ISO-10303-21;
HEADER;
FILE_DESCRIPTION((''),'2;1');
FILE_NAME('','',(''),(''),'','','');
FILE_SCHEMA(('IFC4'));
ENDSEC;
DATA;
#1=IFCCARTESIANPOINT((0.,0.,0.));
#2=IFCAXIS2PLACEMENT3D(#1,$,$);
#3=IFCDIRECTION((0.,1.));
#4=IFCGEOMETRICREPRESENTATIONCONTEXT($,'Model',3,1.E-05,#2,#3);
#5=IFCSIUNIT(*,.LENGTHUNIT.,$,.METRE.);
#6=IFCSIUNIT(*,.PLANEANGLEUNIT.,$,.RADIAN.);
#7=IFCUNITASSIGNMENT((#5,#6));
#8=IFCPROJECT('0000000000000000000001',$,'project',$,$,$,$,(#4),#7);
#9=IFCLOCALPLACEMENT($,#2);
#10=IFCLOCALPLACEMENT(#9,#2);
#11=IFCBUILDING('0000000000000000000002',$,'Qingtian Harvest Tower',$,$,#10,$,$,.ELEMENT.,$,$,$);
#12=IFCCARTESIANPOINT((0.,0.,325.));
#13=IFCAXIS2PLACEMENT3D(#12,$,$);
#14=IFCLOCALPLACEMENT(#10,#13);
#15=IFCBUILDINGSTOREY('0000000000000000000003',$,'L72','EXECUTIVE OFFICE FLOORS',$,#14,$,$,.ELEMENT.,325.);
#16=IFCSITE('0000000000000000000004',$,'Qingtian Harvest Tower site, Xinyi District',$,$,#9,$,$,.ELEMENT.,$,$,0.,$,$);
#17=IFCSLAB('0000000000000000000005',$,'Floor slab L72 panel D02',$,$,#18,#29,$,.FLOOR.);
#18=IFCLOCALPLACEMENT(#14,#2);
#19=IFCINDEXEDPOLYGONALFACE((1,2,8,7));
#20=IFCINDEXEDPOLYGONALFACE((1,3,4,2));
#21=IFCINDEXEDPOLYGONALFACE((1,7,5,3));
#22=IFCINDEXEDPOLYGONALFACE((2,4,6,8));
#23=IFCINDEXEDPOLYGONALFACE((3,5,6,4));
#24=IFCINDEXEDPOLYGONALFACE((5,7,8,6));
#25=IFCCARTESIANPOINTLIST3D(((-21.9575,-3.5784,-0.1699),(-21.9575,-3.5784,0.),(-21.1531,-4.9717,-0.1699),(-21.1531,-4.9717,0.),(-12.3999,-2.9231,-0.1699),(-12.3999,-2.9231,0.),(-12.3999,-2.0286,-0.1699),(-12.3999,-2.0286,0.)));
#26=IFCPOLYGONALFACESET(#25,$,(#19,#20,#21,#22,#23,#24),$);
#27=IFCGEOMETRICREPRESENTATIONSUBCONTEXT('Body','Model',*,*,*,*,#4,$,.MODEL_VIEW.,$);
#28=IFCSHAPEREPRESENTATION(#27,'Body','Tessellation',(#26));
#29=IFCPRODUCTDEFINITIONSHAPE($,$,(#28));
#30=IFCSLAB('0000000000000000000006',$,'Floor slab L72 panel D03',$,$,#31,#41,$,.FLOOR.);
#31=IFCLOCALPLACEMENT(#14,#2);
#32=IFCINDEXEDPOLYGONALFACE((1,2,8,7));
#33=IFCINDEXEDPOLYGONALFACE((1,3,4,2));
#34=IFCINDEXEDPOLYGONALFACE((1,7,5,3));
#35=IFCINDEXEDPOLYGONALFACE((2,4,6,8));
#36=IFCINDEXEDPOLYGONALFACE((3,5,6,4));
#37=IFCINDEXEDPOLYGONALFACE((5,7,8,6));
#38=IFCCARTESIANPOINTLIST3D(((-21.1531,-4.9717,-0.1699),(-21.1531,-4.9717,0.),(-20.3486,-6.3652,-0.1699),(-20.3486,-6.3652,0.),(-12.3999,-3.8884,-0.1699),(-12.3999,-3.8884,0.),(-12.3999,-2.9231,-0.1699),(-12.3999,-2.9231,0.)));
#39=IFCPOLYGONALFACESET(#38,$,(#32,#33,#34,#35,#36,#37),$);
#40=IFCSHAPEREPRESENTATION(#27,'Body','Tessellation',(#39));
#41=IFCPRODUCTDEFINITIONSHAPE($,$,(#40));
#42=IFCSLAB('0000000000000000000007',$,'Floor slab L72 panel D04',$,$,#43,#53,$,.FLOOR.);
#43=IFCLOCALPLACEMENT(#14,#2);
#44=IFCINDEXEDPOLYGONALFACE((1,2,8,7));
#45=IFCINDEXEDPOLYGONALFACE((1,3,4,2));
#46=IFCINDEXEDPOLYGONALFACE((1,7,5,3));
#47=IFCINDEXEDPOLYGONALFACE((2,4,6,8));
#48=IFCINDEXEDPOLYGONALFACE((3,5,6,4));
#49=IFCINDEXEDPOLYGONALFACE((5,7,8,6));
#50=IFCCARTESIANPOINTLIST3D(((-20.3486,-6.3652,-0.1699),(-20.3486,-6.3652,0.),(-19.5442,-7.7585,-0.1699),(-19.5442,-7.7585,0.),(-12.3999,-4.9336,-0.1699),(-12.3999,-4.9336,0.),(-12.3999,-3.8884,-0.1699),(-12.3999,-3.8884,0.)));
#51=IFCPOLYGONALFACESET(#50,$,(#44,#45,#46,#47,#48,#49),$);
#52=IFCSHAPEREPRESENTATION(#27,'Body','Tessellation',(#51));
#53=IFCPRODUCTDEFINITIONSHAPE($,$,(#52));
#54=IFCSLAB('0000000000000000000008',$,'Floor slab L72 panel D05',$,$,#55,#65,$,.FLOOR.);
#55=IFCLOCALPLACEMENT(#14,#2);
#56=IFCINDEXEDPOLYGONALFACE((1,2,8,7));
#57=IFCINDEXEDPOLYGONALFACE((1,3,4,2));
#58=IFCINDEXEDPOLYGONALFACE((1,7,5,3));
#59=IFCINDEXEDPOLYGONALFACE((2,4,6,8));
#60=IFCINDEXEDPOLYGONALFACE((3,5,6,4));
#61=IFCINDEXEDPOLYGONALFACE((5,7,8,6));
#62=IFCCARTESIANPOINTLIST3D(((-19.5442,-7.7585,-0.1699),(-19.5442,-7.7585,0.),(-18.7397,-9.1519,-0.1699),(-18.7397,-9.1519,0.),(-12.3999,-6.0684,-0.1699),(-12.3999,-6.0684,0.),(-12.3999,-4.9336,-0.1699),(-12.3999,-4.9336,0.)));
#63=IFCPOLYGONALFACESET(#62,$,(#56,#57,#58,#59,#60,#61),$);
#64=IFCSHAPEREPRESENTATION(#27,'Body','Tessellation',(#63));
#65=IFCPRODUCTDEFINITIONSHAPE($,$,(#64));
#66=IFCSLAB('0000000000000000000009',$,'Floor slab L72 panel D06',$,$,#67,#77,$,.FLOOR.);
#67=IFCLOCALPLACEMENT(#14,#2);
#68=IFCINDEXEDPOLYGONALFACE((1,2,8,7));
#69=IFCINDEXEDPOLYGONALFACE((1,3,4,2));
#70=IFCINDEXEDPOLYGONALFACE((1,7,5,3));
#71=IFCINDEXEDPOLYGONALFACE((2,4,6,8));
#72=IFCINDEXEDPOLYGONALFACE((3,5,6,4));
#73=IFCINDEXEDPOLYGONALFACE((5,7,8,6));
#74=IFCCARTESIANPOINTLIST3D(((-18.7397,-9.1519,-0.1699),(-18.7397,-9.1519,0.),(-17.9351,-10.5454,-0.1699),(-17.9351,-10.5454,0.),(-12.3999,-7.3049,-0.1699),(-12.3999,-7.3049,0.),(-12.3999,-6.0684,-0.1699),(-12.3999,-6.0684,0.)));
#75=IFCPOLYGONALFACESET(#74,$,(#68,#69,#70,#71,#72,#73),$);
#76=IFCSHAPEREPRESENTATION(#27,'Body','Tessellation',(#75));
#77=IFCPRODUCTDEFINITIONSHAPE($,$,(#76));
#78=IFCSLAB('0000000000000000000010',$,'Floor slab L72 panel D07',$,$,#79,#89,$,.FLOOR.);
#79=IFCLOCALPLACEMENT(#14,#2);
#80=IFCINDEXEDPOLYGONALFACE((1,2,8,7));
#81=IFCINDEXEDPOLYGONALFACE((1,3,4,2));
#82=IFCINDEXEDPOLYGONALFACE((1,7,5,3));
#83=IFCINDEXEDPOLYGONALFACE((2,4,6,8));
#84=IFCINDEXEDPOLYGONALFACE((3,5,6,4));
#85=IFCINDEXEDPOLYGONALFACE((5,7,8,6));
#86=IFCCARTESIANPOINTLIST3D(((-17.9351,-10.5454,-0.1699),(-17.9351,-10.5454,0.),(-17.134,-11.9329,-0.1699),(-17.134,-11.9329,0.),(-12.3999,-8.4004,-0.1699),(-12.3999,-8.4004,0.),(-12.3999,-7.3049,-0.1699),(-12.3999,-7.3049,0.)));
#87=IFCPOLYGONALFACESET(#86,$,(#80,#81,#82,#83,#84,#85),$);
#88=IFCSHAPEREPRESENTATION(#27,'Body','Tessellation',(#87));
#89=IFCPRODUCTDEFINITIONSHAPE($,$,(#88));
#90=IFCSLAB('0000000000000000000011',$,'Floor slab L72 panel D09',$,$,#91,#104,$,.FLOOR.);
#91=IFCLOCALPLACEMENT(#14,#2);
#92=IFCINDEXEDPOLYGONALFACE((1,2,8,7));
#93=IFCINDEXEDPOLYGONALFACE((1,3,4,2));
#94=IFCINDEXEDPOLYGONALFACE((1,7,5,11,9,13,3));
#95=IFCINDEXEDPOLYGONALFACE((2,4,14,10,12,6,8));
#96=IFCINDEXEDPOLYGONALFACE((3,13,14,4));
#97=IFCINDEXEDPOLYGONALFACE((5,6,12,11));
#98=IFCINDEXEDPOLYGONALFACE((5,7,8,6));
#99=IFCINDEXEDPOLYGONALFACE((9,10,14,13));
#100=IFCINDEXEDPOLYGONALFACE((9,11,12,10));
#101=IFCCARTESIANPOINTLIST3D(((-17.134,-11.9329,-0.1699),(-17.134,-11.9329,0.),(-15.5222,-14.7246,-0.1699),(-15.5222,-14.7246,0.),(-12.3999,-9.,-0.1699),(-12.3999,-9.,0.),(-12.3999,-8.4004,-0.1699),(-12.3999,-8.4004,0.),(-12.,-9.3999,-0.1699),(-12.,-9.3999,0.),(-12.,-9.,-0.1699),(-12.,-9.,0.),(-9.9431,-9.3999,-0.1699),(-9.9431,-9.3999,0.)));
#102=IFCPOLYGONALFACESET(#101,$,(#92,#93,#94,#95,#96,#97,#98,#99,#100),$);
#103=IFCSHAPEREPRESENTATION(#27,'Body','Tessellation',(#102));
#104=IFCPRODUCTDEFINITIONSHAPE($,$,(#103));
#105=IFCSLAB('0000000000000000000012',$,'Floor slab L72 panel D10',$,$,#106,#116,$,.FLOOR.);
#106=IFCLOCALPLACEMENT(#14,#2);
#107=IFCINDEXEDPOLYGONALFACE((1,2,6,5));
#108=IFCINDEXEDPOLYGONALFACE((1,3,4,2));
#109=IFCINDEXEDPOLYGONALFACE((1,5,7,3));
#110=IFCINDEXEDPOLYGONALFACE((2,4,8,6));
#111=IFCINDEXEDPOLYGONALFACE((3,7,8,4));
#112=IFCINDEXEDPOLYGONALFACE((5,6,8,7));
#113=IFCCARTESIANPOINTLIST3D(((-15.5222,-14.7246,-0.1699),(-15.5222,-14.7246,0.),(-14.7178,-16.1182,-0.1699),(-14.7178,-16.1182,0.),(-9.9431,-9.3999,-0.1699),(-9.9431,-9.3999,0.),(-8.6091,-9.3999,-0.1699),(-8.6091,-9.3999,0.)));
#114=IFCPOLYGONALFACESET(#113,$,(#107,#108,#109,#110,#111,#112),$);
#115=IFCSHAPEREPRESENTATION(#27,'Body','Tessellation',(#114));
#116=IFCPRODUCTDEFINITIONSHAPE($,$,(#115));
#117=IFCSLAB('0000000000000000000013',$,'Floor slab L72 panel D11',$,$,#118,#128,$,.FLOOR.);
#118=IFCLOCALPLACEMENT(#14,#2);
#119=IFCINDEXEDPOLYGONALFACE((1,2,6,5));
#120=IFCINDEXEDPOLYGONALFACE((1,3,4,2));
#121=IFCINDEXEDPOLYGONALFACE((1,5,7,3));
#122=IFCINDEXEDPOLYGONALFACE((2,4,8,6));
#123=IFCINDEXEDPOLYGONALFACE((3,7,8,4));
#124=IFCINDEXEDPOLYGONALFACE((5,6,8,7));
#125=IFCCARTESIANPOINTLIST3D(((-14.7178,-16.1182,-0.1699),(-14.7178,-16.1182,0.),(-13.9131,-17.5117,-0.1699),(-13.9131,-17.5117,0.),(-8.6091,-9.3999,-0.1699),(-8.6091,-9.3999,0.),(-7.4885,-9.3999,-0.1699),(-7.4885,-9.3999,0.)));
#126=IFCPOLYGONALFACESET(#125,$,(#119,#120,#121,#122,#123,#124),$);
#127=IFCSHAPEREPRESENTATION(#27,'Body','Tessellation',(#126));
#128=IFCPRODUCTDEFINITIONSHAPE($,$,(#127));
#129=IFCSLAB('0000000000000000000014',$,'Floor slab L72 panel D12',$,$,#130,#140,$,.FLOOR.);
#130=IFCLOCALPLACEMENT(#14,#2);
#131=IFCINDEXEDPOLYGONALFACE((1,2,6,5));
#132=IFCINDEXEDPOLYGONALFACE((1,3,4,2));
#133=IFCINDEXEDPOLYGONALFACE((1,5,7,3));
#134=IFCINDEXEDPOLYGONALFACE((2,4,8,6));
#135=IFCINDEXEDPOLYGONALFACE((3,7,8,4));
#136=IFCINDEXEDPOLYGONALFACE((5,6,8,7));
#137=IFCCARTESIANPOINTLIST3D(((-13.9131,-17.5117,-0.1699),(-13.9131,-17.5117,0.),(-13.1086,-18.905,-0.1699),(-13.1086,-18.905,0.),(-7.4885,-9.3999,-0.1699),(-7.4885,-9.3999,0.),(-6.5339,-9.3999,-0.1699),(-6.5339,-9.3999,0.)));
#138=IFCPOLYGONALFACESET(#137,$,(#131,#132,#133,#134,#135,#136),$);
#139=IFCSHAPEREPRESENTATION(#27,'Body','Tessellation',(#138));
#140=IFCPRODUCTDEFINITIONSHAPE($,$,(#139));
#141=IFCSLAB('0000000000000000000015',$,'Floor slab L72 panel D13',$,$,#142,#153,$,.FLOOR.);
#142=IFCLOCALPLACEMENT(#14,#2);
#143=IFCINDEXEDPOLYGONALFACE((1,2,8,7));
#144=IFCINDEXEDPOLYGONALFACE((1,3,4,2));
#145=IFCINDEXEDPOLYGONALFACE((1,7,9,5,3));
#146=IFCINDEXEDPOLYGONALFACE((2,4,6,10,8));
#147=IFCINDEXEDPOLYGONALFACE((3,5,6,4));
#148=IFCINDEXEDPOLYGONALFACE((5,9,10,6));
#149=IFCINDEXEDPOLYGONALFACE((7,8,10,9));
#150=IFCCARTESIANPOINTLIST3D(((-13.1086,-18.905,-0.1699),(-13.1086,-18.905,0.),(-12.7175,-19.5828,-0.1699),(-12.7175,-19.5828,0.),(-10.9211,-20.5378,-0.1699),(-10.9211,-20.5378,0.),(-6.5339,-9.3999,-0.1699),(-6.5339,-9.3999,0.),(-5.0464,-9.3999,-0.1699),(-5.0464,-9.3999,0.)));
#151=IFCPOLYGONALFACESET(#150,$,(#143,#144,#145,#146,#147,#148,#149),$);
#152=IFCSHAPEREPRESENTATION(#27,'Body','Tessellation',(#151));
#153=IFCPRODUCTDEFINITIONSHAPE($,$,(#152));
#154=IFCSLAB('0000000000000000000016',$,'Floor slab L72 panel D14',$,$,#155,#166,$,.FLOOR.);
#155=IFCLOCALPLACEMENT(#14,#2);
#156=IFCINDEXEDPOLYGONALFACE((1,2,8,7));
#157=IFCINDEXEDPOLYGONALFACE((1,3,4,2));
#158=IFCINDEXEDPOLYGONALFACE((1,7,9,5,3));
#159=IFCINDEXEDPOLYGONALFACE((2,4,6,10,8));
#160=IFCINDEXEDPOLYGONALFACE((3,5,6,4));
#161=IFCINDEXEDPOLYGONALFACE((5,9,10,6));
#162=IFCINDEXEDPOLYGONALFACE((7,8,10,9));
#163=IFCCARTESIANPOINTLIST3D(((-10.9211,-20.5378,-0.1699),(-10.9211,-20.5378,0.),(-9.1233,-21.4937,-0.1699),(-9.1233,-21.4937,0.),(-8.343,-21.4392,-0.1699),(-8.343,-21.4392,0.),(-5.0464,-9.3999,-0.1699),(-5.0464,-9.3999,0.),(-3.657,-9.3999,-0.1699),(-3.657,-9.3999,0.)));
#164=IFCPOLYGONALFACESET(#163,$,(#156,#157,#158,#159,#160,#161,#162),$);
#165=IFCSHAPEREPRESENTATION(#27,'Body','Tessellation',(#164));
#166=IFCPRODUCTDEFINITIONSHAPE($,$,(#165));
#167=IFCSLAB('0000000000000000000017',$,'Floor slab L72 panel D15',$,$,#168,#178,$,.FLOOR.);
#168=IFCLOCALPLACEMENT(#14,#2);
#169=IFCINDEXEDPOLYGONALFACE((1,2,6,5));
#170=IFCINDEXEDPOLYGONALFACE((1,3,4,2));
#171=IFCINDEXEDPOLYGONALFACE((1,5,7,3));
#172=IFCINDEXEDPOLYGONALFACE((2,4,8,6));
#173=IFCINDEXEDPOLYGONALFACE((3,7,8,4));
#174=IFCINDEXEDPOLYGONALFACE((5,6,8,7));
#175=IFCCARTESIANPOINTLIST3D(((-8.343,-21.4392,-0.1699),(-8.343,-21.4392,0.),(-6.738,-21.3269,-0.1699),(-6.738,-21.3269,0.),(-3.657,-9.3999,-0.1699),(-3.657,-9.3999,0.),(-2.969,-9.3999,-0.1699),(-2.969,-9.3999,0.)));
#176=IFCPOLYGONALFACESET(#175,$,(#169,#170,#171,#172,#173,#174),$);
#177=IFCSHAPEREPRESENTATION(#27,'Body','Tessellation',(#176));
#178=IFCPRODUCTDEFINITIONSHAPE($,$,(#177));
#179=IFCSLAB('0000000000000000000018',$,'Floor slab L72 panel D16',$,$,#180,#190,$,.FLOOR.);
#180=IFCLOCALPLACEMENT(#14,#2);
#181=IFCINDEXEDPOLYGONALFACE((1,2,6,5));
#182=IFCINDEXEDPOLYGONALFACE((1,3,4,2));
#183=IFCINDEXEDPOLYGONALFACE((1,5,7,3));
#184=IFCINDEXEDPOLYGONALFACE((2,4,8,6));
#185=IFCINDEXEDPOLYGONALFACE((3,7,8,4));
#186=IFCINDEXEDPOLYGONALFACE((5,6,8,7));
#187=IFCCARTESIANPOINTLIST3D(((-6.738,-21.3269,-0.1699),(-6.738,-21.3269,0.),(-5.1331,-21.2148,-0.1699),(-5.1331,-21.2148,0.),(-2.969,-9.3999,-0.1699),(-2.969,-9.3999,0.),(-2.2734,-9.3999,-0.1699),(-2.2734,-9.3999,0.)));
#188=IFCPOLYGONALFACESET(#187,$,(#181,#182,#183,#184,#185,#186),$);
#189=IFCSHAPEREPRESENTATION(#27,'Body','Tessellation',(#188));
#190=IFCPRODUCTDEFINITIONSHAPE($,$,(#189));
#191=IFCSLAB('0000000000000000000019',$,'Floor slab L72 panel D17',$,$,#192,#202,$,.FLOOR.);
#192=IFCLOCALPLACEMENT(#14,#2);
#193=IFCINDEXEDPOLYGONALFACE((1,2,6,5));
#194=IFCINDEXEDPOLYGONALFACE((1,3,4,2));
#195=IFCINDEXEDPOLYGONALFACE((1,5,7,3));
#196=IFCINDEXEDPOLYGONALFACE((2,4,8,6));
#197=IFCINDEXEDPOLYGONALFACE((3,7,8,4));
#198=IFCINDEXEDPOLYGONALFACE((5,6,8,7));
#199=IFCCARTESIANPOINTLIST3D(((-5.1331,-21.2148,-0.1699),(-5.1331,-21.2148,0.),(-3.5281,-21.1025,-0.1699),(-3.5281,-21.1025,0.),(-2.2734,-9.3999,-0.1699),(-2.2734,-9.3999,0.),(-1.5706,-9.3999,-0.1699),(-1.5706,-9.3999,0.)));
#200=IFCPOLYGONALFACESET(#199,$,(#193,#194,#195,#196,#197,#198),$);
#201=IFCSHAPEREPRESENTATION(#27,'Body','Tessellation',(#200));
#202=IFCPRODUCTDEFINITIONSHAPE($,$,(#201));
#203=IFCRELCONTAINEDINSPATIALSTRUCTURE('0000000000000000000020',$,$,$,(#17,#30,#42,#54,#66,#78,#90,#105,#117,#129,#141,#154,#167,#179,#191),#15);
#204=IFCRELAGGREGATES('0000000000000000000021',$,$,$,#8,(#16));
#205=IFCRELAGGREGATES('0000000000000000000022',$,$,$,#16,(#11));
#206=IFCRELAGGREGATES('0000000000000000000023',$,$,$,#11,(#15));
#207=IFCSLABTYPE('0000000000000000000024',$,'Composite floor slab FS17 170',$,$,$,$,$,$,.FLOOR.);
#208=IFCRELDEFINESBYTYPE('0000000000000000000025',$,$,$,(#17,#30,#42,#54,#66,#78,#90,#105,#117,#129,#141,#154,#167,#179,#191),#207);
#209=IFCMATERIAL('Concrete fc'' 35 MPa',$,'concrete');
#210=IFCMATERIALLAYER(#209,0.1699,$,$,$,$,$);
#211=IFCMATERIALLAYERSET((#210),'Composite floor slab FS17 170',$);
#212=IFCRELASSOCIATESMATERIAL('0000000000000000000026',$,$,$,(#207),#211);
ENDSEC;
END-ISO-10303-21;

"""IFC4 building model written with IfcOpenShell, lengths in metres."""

from ifc_helpers import new_model, si_unit, direction, frame, origin, place, context, subcontext, project, spatial, polyline, outline, extrude, material, layer, layer_set, type_object, element, save


model = new_model("IFC4")

# Units and contexts
model_context = context("Model", 3, precision=1e-05, world=origin(), true_north=direction((0.0, 1.0)))
body_context = subcontext(model_context, "Body", "Model", "MODEL_VIEW")
ifc_project = project(units=[si_unit("LENGTHUNIT", "METRE"), si_unit("PLANEANGLEUNIT", "RADIAN")], contexts=[model_context])

# Site, building, storey
site_placement = place(None, origin())
site = spatial("IfcSite", under=ifc_project, at=site_placement, Name="Qingtian Harvest Tower site, Xinyi District", CompositionType="ELEMENT", RefElevation=0.0)
building_placement = place(site_placement, origin())
building = spatial("IfcBuilding", under=site, at=building_placement, Name="Qingtian Harvest Tower", CompositionType="ELEMENT")
storey_placement = place(building_placement, frame((0.0, 0.0, 325.0)))
storey = spatial("IfcBuildingStorey", under=building, at=storey_placement, Name="L72", Description="EXECUTIVE OFFICE FLOORS", CompositionType="ELEMENT", Elevation=325.0)

# Slabs
ifc_material = material(Name="Concrete fc' 35 MPa", Category="concrete")
ifc_layer = layer(ifc_material, 0.1699)
ifc_layer_set = layer_set([ifc_layer], Name="Composite floor slab FS17 170")
slab_type = type_object("IfcSlabType", Name="Composite floor slab FS17 170", PredefinedType="FLOOR", material=ifc_layer_set)
slab_1_placement = place(storey_placement, frame((0.0, 0.0, -0.1699)))
element("IfcSlab", 1, at=slab_1_placement, inside=storey, type_object=slab_type, Name="Floor slab L72 panel D02", PredefinedType="FLOOR", context=body_context, shape_type="SweptSolid", body=[
    extrude(outline(polyline([(-12.3999, -2.9231), (-21.1531, -4.9717), (-21.9575, -3.5784), (-12.3999, -2.0286), (-12.3999, -2.9231)])), origin(), (0.0, 0.0, 1.0), 0.1699),
])
slab_2_placement = place(storey_placement, frame((0.0, 0.0, -0.1699)))
element("IfcSlab", 2, at=slab_2_placement, inside=storey, type_object=slab_type, Name="Floor slab L72 panel D03", PredefinedType="FLOOR", context=body_context, shape_type="SweptSolid", body=[
    extrude(outline(polyline([(-12.3999, -3.8884), (-20.3486, -6.3652), (-21.1531, -4.9717), (-12.3999, -2.9231), (-12.3999, -3.8884)])), origin(), (0.0, 0.0, 1.0), 0.1699),
])
slab_3_placement = place(storey_placement, frame((0.0, 0.0, -0.1699)))
element("IfcSlab", 3, at=slab_3_placement, inside=storey, type_object=slab_type, Name="Floor slab L72 panel D04", PredefinedType="FLOOR", context=body_context, shape_type="SweptSolid", body=[
    extrude(outline(polyline([(-12.3999, -4.9336), (-19.5442, -7.7585), (-20.3486, -6.3652), (-12.3999, -3.8884), (-12.3999, -4.9336)])), origin(), (0.0, 0.0, 1.0), 0.1699),
])
slab_4_placement = place(storey_placement, frame((0.0, 0.0, -0.1699)))
element("IfcSlab", 4, at=slab_4_placement, inside=storey, type_object=slab_type, Name="Floor slab L72 panel D05", PredefinedType="FLOOR", context=body_context, shape_type="SweptSolid", body=[
    extrude(outline(polyline([(-12.3999, -6.0684), (-18.7397, -9.1519), (-19.5442, -7.7585), (-12.3999, -4.9336), (-12.3999, -6.0684)])), origin(), (0.0, 0.0, 1.0), 0.1699),
])
slab_5_placement = place(storey_placement, frame((0.0, 0.0, -0.1699)))
element("IfcSlab", 5, at=slab_5_placement, inside=storey, type_object=slab_type, Name="Floor slab L72 panel D06", PredefinedType="FLOOR", context=body_context, shape_type="SweptSolid", body=[
    extrude(outline(polyline([(-12.3999, -7.3049), (-17.9351, -10.5454), (-18.7397, -9.1519), (-12.3999, -6.0684), (-12.3999, -7.3049)])), origin(), (0.0, 0.0, 1.0), 0.1699),
])
slab_6_placement = place(storey_placement, frame((0.0, 0.0, -0.1699)))
element("IfcSlab", 6, at=slab_6_placement, inside=storey, type_object=slab_type, Name="Floor slab L72 panel D07", PredefinedType="FLOOR", context=body_context, shape_type="SweptSolid", body=[
    extrude(outline(polyline([(-12.3999, -8.4004), (-17.134, -11.9329), (-17.9351, -10.5454), (-12.3999, -7.3049), (-12.3999, -8.4004)])), origin(), (0.0, 0.0, 1.0), 0.1699),
])
slab_7_placement = place(storey_placement, frame((0.0, 0.0, -0.1699)))
element("IfcSlab", 7, at=slab_7_placement, inside=storey, type_object=slab_type, Name="Floor slab L72 panel D09", PredefinedType="FLOOR", context=body_context, shape_type="SweptSolid", body=[
    extrude(outline(polyline([(-15.5222, -14.7246), (-17.134, -11.9329), (-12.3999, -8.4004), (-12.3999, -9.0), (-12.0, -9.0), (-12.0, -9.3999), (-9.9431, -9.3999), (-15.5222, -14.7246)])), origin(), (0.0, 0.0, 1.0), 0.1699),
])
slab_8_placement = place(storey_placement, frame((0.0, 0.0, -0.1699)))
element("IfcSlab", 8, at=slab_8_placement, inside=storey, type_object=slab_type, Name="Floor slab L72 panel D10", PredefinedType="FLOOR", context=body_context, shape_type="SweptSolid", body=[
    extrude(outline(polyline([(-8.6091, -9.3999), (-14.7178, -16.1182), (-15.5222, -14.7246), (-9.9431, -9.3999), (-8.6091, -9.3999)])), origin(), (0.0, 0.0, 1.0), 0.1699),
])
slab_9_placement = place(storey_placement, frame((0.0, 0.0, -0.1699)))
element("IfcSlab", 9, at=slab_9_placement, inside=storey, type_object=slab_type, Name="Floor slab L72 panel D11", PredefinedType="FLOOR", context=body_context, shape_type="SweptSolid", body=[
    extrude(outline(polyline([(-7.4885, -9.3999), (-13.9131, -17.5117), (-14.7178, -16.1182), (-8.6091, -9.3999), (-7.4885, -9.3999)])), origin(), (0.0, 0.0, 1.0), 0.1699),
])
slab_10_placement = place(storey_placement, frame((0.0, 0.0, -0.1699)))
element("IfcSlab", 10, at=slab_10_placement, inside=storey, type_object=slab_type, Name="Floor slab L72 panel D12", PredefinedType="FLOOR", context=body_context, shape_type="SweptSolid", body=[
    extrude(outline(polyline([(-6.5339, -9.3999), (-13.1086, -18.905), (-13.9131, -17.5117), (-7.4885, -9.3999), (-6.5339, -9.3999)])), origin(), (0.0, 0.0, 1.0), 0.1699),
])
slab_11_placement = place(storey_placement, frame((0.0, 0.0, -0.1699)))
element("IfcSlab", 11, at=slab_11_placement, inside=storey, type_object=slab_type, Name="Floor slab L72 panel D13", PredefinedType="FLOOR", context=body_context, shape_type="SweptSolid", body=[
    extrude(outline(polyline([(-6.5339, -9.3999), (-5.0464, -9.3999), (-10.9211, -20.5378), (-12.7175, -19.5828), (-13.1086, -18.905), (-6.5339, -9.3999)])), origin(), (0.0, 0.0, 1.0), 0.1699),
])
slab_12_placement = place(storey_placement, frame((0.0, 0.0, -0.1699)))
element("IfcSlab", 12, at=slab_12_placement, inside=storey, type_object=slab_type, Name="Floor slab L72 panel D14", PredefinedType="FLOOR", context=body_context, shape_type="SweptSolid", body=[
    extrude(outline(polyline([(-5.0464, -9.3999), (-3.657, -9.3999), (-8.343, -21.4392), (-9.1233, -21.4937), (-10.9211, -20.5378), (-5.0464, -9.3999)])), origin(), (0.0, 0.0, 1.0), 0.1699),
])
slab_13_placement = place(storey_placement, frame((0.0, 0.0, -0.1699)))
element("IfcSlab", 13, at=slab_13_placement, inside=storey, type_object=slab_type, Name="Floor slab L72 panel D15", PredefinedType="FLOOR", context=body_context, shape_type="SweptSolid", body=[
    extrude(outline(polyline([(-2.969, -9.3999), (-6.738, -21.3269), (-8.343, -21.4392), (-3.657, -9.3999), (-2.969, -9.3999)])), origin(), (0.0, 0.0, 1.0), 0.1699),
])
slab_14_placement = place(storey_placement, frame((0.0, 0.0, -0.1699)))
element("IfcSlab", 14, at=slab_14_placement, inside=storey, type_object=slab_type, Name="Floor slab L72 panel D16", PredefinedType="FLOOR", context=body_context, shape_type="SweptSolid", body=[
    extrude(outline(polyline([(-2.2734, -9.3999), (-5.1331, -21.2148), (-6.738, -21.3269), (-2.969, -9.3999), (-2.2734, -9.3999)])), origin(), (0.0, 0.0, 1.0), 0.1699),
])
slab_15_placement = place(storey_placement, frame((0.0, 0.0, -0.1699)))
element("IfcSlab", 15, at=slab_15_placement, inside=storey, type_object=slab_type, Name="Floor slab L72 panel D17", PredefinedType="FLOOR", context=body_context, shape_type="SweptSolid", body=[
    extrude(outline(polyline([(-1.5706, -9.3999), (-3.5281, -21.1025), (-5.1331, -21.2148), (-2.2734, -9.3999), (-1.5706, -9.3999)])), origin(), (0.0, 0.0, 1.0), 0.1699),
])

save(model, "model.ifc")
